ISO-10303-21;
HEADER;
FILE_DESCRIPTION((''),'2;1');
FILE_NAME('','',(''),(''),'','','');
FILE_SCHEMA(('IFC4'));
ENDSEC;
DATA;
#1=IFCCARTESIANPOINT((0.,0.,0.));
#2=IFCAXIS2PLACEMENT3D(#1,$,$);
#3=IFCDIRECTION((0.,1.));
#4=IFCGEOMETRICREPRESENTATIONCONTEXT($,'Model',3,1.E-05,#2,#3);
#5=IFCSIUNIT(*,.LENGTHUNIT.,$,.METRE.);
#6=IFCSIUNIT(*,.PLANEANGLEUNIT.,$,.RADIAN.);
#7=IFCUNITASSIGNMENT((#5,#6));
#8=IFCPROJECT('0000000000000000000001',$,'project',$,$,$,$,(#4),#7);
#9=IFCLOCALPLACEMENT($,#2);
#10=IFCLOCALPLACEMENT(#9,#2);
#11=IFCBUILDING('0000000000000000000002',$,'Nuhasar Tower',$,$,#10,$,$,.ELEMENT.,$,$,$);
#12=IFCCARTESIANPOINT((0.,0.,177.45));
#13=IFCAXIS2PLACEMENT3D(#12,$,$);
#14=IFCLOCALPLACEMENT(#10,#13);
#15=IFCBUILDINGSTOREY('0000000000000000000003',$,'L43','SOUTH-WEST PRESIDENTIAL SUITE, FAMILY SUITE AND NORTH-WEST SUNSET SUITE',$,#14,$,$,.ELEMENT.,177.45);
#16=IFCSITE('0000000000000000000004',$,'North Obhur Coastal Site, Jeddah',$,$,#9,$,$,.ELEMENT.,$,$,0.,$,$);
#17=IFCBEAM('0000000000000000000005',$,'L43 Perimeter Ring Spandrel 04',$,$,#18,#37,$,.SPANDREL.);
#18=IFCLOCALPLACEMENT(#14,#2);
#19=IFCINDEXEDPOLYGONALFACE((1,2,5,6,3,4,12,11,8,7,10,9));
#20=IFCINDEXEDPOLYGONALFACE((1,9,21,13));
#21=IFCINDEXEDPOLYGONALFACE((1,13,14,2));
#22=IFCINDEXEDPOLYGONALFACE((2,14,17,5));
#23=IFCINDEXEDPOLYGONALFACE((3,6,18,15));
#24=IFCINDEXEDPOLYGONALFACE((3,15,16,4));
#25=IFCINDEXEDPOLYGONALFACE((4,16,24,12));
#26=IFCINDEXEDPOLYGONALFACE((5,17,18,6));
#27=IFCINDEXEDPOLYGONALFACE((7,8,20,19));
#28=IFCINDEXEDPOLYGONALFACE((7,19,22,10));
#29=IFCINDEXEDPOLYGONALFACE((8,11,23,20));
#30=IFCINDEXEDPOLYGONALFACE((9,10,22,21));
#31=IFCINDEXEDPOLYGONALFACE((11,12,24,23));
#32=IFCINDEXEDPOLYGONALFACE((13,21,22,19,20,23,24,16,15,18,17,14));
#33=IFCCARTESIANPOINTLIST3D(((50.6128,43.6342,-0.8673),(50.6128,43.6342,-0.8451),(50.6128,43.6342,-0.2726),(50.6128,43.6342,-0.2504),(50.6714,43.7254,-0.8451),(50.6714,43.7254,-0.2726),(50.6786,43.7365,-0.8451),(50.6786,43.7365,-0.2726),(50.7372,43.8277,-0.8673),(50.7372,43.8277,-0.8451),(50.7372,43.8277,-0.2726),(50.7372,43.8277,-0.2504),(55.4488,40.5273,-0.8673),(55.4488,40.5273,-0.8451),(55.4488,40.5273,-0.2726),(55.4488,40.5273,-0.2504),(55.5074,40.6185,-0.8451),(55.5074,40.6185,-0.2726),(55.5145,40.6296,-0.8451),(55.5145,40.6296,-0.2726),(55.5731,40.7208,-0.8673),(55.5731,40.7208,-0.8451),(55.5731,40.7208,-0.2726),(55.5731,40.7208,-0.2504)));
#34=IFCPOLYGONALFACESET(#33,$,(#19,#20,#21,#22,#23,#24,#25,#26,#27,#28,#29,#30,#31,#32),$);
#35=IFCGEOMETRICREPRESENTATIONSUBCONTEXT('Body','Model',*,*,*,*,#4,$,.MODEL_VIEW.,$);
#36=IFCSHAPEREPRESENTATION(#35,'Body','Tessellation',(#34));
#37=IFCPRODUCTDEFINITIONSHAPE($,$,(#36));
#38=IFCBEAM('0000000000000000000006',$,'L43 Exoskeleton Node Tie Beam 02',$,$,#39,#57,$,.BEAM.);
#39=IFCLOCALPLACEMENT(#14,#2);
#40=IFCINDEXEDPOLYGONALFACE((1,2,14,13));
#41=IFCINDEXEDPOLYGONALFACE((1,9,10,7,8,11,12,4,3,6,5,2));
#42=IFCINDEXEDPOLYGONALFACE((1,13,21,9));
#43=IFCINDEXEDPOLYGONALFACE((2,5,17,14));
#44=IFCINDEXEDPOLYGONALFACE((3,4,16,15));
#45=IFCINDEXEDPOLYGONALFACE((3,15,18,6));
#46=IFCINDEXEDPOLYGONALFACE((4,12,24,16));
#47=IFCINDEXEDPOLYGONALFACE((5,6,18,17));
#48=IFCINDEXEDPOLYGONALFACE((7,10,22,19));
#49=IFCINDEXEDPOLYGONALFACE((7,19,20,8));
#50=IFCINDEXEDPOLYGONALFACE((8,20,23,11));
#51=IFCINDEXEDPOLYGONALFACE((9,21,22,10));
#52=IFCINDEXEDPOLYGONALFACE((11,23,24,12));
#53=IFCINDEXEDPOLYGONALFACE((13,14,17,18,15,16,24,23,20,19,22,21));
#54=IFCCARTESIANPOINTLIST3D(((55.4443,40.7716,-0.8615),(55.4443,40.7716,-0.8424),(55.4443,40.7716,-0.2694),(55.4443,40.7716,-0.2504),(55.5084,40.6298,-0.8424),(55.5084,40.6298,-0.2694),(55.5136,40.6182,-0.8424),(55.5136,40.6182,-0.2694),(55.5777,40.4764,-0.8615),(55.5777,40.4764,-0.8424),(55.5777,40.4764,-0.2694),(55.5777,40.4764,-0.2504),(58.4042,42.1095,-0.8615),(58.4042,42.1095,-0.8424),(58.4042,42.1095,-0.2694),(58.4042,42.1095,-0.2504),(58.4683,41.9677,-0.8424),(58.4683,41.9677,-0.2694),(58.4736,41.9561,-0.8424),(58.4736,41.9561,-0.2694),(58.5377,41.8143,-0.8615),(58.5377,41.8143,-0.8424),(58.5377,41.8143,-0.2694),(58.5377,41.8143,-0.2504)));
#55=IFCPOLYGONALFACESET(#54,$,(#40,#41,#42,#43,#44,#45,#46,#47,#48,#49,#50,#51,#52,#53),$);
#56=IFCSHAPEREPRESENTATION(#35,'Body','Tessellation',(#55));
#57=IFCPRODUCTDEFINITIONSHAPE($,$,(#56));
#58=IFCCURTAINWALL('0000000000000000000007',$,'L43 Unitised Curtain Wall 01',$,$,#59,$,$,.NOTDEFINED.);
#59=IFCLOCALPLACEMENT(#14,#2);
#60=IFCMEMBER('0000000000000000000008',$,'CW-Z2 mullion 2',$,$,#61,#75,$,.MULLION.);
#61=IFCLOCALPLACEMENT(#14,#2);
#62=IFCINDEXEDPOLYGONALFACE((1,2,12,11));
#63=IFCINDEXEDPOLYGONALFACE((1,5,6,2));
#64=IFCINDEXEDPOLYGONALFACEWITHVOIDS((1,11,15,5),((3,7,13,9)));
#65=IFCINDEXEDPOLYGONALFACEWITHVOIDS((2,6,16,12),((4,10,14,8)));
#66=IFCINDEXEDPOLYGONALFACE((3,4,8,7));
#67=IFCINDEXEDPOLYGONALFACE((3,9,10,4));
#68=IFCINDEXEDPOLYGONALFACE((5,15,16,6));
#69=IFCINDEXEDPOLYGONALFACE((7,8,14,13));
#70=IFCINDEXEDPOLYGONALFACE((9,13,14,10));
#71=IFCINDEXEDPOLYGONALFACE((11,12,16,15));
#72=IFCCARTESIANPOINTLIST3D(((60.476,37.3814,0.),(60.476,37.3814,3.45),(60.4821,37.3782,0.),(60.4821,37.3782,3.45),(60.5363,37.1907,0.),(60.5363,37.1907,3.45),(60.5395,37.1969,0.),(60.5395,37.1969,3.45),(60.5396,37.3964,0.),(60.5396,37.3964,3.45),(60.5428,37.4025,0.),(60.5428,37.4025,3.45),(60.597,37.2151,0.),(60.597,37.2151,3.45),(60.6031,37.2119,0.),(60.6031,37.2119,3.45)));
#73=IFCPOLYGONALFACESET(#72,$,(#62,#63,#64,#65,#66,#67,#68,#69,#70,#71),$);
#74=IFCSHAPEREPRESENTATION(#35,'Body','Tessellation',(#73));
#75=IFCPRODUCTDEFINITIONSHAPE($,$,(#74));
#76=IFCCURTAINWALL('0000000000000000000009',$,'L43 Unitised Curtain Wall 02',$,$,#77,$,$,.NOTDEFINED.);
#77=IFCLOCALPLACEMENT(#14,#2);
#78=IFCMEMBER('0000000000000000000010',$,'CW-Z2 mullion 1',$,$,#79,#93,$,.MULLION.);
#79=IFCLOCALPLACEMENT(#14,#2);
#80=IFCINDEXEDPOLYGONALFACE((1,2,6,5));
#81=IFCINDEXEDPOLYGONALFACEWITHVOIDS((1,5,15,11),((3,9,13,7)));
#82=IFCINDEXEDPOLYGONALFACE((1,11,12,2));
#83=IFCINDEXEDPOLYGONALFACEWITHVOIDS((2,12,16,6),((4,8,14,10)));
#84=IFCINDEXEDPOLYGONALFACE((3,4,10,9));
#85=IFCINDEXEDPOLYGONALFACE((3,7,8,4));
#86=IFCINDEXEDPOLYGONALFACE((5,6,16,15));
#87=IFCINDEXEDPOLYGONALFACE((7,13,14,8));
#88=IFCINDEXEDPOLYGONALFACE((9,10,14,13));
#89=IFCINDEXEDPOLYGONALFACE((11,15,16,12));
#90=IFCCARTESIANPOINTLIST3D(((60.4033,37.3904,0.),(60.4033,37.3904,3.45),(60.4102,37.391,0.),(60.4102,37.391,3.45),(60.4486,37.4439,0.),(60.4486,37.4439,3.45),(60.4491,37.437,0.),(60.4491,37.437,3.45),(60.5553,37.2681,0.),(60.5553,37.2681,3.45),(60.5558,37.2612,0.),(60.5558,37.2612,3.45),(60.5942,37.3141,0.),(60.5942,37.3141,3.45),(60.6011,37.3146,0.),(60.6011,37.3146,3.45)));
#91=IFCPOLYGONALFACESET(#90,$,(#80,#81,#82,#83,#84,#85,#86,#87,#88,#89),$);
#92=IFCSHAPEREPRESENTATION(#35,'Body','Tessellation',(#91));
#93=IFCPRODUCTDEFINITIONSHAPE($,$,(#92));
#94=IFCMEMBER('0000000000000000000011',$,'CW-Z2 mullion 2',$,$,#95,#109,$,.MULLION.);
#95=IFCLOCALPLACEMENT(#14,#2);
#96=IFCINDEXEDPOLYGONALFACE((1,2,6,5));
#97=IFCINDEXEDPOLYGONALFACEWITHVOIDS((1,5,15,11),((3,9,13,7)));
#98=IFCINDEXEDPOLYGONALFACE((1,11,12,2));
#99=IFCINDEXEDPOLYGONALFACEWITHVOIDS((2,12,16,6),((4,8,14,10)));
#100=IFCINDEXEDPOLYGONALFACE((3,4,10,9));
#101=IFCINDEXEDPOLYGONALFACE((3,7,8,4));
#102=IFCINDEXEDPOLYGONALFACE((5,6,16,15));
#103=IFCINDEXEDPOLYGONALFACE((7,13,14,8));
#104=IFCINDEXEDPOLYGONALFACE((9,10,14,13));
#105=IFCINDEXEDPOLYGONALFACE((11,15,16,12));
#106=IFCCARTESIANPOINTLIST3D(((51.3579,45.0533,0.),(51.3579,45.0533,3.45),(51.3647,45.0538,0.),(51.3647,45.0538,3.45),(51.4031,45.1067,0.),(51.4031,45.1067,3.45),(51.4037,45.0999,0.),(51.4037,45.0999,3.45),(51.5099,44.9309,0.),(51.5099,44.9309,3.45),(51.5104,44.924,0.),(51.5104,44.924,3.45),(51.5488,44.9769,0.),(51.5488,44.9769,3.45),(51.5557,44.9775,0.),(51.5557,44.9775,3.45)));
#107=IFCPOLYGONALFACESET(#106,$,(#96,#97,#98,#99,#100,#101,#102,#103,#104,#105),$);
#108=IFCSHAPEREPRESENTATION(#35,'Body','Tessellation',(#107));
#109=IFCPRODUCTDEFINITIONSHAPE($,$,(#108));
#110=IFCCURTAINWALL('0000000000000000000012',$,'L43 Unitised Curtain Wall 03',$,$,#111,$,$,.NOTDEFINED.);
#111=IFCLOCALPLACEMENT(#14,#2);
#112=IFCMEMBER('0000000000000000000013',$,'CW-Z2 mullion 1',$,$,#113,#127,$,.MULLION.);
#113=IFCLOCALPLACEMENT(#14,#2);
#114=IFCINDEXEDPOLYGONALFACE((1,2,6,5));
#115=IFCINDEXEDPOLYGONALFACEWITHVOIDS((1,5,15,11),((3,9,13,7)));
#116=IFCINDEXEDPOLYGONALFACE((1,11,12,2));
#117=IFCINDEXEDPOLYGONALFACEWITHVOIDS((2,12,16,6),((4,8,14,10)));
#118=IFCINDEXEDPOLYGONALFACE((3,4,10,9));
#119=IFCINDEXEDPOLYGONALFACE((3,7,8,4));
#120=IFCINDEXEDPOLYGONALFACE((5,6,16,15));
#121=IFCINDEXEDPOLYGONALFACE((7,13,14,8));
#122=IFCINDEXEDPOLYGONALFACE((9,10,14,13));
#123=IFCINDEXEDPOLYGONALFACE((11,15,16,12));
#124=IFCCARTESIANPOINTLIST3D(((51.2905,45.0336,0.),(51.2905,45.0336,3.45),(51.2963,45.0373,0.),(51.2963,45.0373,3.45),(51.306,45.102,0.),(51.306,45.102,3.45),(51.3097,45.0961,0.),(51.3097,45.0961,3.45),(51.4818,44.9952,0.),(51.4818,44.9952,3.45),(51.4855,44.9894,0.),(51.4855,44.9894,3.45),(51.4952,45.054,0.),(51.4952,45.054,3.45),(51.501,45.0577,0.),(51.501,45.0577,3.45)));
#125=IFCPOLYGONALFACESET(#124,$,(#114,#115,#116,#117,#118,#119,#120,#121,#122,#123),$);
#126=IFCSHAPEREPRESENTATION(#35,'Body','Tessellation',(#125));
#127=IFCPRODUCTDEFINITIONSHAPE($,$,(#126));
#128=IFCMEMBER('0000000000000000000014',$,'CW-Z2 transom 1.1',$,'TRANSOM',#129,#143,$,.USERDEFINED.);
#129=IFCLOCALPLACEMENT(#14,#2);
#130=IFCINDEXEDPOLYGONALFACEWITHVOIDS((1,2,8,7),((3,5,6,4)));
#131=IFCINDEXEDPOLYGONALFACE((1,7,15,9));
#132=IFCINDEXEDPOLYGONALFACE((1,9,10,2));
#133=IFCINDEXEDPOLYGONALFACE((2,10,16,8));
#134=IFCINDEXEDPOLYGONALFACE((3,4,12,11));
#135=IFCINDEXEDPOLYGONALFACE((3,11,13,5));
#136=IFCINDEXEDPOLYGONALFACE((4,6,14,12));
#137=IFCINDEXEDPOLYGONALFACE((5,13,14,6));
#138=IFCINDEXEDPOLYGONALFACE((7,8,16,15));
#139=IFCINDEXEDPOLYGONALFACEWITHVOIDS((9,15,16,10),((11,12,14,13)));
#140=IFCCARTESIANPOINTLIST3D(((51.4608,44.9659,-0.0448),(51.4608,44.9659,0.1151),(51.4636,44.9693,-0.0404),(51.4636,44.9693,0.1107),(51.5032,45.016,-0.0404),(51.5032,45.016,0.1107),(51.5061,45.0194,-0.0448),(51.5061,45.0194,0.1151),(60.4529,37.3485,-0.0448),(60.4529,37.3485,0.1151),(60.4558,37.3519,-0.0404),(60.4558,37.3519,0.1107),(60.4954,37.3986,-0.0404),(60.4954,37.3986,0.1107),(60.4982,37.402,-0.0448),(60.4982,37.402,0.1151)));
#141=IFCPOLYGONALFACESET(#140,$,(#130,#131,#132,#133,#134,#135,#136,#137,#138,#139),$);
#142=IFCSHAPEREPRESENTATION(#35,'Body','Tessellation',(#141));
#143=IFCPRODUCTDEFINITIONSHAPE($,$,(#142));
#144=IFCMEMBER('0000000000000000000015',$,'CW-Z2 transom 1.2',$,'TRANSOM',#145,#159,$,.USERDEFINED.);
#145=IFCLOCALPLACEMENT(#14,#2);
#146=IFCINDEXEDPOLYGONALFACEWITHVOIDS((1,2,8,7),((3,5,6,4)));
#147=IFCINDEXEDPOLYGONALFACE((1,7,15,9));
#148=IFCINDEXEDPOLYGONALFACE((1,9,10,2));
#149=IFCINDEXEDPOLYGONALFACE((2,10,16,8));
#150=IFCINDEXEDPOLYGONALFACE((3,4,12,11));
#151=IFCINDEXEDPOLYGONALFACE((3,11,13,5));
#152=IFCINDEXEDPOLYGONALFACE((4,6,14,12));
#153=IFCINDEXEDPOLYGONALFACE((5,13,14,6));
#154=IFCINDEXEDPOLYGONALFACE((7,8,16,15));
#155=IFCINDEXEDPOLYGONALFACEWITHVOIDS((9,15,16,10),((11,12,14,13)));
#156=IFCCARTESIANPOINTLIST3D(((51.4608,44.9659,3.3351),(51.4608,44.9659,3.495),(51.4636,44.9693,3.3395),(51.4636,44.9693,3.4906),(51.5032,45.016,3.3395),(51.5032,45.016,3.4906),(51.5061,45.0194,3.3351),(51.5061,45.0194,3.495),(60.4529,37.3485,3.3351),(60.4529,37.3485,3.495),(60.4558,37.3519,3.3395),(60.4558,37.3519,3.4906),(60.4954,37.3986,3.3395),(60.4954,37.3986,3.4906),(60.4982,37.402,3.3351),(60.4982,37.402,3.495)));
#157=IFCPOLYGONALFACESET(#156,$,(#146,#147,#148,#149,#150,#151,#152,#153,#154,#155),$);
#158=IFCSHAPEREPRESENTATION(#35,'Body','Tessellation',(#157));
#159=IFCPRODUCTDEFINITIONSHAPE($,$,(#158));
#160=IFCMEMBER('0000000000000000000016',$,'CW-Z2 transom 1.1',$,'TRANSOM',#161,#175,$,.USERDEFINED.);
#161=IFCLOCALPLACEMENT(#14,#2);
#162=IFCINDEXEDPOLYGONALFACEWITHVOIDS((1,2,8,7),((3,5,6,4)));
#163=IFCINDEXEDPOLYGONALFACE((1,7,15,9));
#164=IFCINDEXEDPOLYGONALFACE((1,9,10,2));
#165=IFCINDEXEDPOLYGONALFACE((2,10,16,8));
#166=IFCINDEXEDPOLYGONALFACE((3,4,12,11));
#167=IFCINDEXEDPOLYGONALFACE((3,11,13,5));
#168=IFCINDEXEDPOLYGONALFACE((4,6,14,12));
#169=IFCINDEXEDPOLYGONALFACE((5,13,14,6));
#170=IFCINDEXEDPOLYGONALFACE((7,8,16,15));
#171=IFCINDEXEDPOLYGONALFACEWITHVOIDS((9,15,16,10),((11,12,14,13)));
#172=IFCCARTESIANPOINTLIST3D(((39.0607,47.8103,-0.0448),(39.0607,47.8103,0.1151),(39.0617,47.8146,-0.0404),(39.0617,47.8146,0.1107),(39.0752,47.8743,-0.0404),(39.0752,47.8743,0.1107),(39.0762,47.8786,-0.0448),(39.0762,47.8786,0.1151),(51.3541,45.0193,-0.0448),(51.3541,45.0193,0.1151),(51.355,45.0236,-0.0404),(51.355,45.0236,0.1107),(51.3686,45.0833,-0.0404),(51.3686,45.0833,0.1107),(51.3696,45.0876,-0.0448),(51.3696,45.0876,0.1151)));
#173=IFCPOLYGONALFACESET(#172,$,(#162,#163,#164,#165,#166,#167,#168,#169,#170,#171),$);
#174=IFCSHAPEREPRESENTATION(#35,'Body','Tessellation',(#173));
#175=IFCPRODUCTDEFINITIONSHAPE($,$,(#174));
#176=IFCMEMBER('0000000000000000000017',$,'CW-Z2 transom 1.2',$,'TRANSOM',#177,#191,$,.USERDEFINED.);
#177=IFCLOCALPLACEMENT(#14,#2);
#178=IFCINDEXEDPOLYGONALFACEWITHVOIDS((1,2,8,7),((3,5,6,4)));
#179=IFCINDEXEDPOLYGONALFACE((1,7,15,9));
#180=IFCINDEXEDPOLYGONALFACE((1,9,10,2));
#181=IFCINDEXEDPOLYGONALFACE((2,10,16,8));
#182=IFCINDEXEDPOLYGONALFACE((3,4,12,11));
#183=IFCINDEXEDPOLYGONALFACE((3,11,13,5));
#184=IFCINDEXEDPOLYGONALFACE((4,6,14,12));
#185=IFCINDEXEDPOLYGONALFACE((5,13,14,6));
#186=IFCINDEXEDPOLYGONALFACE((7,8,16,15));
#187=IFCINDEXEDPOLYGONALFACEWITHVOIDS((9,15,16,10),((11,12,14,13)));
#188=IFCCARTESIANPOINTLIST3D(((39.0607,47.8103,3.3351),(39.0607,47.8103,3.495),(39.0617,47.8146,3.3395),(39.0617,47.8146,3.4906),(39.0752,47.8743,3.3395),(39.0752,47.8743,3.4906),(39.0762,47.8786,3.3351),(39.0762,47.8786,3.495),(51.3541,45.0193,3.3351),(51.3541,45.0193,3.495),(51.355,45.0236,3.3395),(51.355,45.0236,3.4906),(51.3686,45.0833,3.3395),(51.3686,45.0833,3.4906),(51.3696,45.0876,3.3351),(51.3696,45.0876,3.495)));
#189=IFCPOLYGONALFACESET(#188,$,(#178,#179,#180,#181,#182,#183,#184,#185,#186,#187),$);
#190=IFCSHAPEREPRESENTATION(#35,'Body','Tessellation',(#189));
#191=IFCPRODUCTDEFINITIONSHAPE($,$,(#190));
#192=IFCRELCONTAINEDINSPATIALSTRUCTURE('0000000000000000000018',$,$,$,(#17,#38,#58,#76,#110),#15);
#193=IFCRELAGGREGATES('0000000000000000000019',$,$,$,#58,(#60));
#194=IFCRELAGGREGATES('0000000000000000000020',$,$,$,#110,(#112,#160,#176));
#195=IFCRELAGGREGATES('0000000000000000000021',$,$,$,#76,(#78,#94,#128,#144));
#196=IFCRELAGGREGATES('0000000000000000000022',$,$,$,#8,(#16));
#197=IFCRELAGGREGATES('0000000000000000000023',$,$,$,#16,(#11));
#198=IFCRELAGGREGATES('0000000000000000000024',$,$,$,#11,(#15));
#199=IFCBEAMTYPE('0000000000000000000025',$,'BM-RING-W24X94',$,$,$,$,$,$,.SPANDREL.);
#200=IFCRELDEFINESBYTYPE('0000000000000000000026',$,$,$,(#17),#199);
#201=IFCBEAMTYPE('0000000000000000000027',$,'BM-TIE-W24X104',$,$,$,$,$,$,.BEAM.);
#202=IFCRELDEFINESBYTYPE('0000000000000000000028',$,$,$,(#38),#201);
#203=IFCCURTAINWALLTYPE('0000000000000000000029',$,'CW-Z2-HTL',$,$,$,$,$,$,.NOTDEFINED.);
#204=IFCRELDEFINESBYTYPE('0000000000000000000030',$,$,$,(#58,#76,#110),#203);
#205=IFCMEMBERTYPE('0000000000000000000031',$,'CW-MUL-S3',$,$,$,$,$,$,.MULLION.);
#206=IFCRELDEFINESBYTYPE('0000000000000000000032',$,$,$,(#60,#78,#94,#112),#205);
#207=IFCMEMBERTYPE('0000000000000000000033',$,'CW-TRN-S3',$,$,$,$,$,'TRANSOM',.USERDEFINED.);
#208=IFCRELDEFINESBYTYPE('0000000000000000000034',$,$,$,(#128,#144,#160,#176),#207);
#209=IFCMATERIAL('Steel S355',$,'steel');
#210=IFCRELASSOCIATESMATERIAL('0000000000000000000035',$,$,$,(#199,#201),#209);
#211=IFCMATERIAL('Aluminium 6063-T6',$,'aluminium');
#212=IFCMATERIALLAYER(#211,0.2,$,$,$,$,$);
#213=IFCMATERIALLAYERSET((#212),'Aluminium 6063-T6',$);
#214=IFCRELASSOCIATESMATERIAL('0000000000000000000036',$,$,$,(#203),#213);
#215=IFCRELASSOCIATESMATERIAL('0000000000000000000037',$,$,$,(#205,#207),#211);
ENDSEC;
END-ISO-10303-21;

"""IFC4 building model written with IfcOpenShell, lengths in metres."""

from ifc_helpers import new_model, si_unit, direction, frame, origin, origin_2d, place, context, subcontext, project, spatial, hollow_rectangle, i_section, extrude, material, layer, layer_set, material_profile, profile_set, type_object, element, aggregate, save


model = new_model("IFC4")

# Units and contexts
model_context = context("Model", 3, precision=1e-05, world=origin(), true_north=direction((0.0, 1.0)))
body_context = subcontext(model_context, "Body", "Model", "MODEL_VIEW")
ifc_project = project(units=[si_unit("LENGTHUNIT", "METRE"), si_unit("PLANEANGLEUNIT", "RADIAN")], contexts=[model_context])

# Site, building, storey
site_placement = place(None, origin())
site = spatial("IfcSite", under=ifc_project, at=site_placement, Name="North Obhur Coastal Site, Jeddah", CompositionType="ELEMENT", RefElevation=0.0)
building_placement = place(site_placement, origin())
building = spatial("IfcBuilding", under=site, at=building_placement, Name="Nuhasar Tower", CompositionType="ELEMENT")
storey_placement = place(building_placement, frame((0.0, 0.0, 177.45)))
storey = spatial("IfcBuildingStorey", under=building, at=storey_placement, Name="L43", Description="SOUTH-WEST PRESIDENTIAL SUITE, FAMILY SUITE AND NORTH-WEST SUNSET SUITE", CompositionType="ELEMENT", Elevation=177.45)

# Beams
ifc_material_1 = material(Name="Steel S355", Category="steel")
ifc_material_profile_1 = material_profile(ifc_material_1, i_section(OverallWidth=0.23, OverallDepth=0.6169, WebThickness=0.0132, FlangeThickness=0.0222, at=origin_2d()), Name="W24X94")
ifc_profile_set_1 = profile_set([ifc_material_profile_1], Name="Steel S355")
beam_type_1 = type_object("IfcBeamType", Name="BM-RING-W24X94", PredefinedType="SPANDREL", material=ifc_profile_set_1)
beam_1_placement = place(storey_placement, frame((55.511, 40.624, -0.5588), z_axis=(-0.841327, 0.540526, 0.0), x_axis=(-0.540526, -0.841327, 0.0)))
element("IfcBeam", 1, at=beam_1_placement, inside=storey, type_object=beam_type_1, Name="L43 Perimeter Ring Spandrel 04", PredefinedType="SPANDREL", context=body_context, shape_type="SweptSolid", body=[
    extrude(i_section(OverallWidth=0.23, OverallDepth=0.6169, WebThickness=0.0132, FlangeThickness=0.0222, at=origin_2d()), origin(), (0.0, 0.0, 1.0), 5.748),
])
ifc_material_profile_2 = material_profile(ifc_material_1, i_section(OverallWidth=0.324, OverallDepth=0.6111, WebThickness=0.0127, FlangeThickness=0.019, at=origin_2d()), Name="W24X104")
ifc_profile_set_2 = profile_set([ifc_material_profile_2], Name="Steel S355")
beam_type_2 = type_object("IfcBeamType", Name="BM-TIE-W24X104", PredefinedType="BEAM", material=ifc_profile_set_2)
beam_2_placement = place(storey_placement, frame((55.511, 40.624, -0.5559), z_axis=(0.91124, 0.411877, 0.0), x_axis=(-0.411877, 0.91124, 0.0)))
element("IfcBeam", 2, at=beam_2_placement, inside=storey, type_object=beam_type_2, Name="L43 Exoskeleton Node Tie Beam 02", PredefinedType="BEAM", context=body_context, shape_type="SweptSolid", body=[
    extrude(i_section(OverallWidth=0.324, OverallDepth=0.6111, WebThickness=0.0127, FlangeThickness=0.019, at=origin_2d()), origin(), (0.0, 0.0, 1.0), 3.2483),
])

# Curtain wall, member
ifc_material_2 = material(Name="Aluminium 6063-T6", Category="aluminium")
ifc_layer_1 = layer(ifc_material_2, 0.2)
ifc_layer_set_1 = layer_set([ifc_layer_1], Name="Aluminium 6063-T6")
curtain_wall_type = type_object("IfcCurtainWallType", Name="CW-Z2-HTL", PredefinedType="NOTDEFINED", material=ifc_layer_set_1)
curtain_wall_1_placement = place(storey_placement, origin())
curtain_wall_1 = element("IfcCurtainWall", 3, at=curtain_wall_1_placement, inside=storey, type_object=curtain_wall_type, Name="L43 Unitised Curtain Wall 01", PredefinedType="NOTDEFINED")
ifc_material_profile_3 = material_profile(ifc_material_2, hollow_rectangle(XDim=0.0701, YDim=0.2, WallThickness=0.0049, at=origin_2d()), Name="CWM-3")
ifc_profile_set_3 = profile_set([ifc_material_profile_3], Name="Aluminium 6063-T6")
member_type_1 = type_object("IfcMemberType", Name="CW-MUL-S3", PredefinedType="MULLION", material=ifc_profile_set_3)
member_1_placement = place(storey_placement, frame((60.5396, 37.2966, 0.0), z_axis=(0.0, 0.0, 1.0), x_axis=(-0.953433, -0.301604, 0.0)))
member_1 = element("IfcMember", 4, at=member_1_placement, type_object=member_type_1, Name="CW-Z2 mullion 2", PredefinedType="MULLION", context=body_context, shape_type="SweptSolid", body=[
    extrude(hollow_rectangle(XDim=0.0701, YDim=0.2, WallThickness=0.0049, at=origin_2d()), origin(), (0.0, 0.0, 1.0), 3.45),
])
aggregate(curtain_wall_1, [member_1])

# Curtain wall, members
curtain_wall_2_placement = place(storey_placement, origin())
curtain_wall_2 = element("IfcCurtainWall", 5, at=curtain_wall_2_placement, inside=storey, type_object=curtain_wall_type, Name="L43 Unitised Curtain Wall 02", PredefinedType="NOTDEFINED")
member_2_placement = place(storey_placement, frame((60.5022, 37.3525, 0.0), z_axis=(0.0, 0.0, 1.0), x_axis=(-0.646374, -0.76302, 0.0)))
member_2 = element("IfcMember", 6, at=member_2_placement, type_object=member_type_1, Name="CW-Z2 mullion 1", PredefinedType="MULLION", context=body_context, shape_type="SweptSolid", body=[
    extrude(hollow_rectangle(XDim=0.0701, YDim=0.2, WallThickness=0.0049, at=origin_2d()), origin(), (0.0, 0.0, 1.0), 3.45),
])
member_3_placement = place(storey_placement, frame((51.4568, 45.0154, 0.0), z_axis=(0.0, 0.0, 1.0), x_axis=(-0.646374, -0.76302, 0.0)))
member_3 = element("IfcMember", 7, at=member_3_placement, type_object=member_type_1, Name="CW-Z2 mullion 2", PredefinedType="MULLION", context=body_context, shape_type="SweptSolid", body=[
    extrude(hollow_rectangle(XDim=0.0701, YDim=0.2, WallThickness=0.0049, at=origin_2d()), origin(), (0.0, 0.0, 1.0), 3.45),
])

# Curtain wall, member
curtain_wall_3_placement = place(storey_placement, origin())
curtain_wall_3 = element("IfcCurtainWall", 8, at=curtain_wall_3_placement, inside=storey, type_object=curtain_wall_type, Name="L43 Unitised Curtain Wall 03", PredefinedType="NOTDEFINED")
member_4_placement = place(storey_placement, frame((51.3958, 45.0457, 0.0), z_axis=(0.0, 0.0, 1.0), x_axis=(-0.221397, -0.975184, 0.0)))
member_4 = element("IfcMember", 9, at=member_4_placement, type_object=member_type_1, Name="CW-Z2 mullion 1", PredefinedType="MULLION", context=body_context, shape_type="SweptSolid", body=[
    extrude(hollow_rectangle(XDim=0.0701, YDim=0.2, WallThickness=0.0049, at=origin_2d()), origin(), (0.0, 0.0, 1.0), 3.45),
])

# Members
ifc_material_profile_4 = material_profile(ifc_material_2, hollow_rectangle(XDim=0.0701, YDim=0.1599, WallThickness=0.0044, at=origin_2d()), Name="CWT-3")
ifc_profile_set_4 = profile_set([ifc_material_profile_4], Name="Aluminium 6063-T6")
member_type_2 = type_object("IfcMemberType", Name="CW-TRN-S3", ElementType="TRANSOM", PredefinedType="USERDEFINED", material=ifc_profile_set_4)
member_5_placement = place(storey_placement, frame((60.4756, 37.3752, 0.0352), z_axis=(-0.763024, 0.64637, 0.0), x_axis=(-0.64637, -0.763024, 0.0)))
member_5 = element("IfcMember", 10, at=member_5_placement, type_object=member_type_2, Name="CW-Z2 transom 1.1", ObjectType="TRANSOM", PredefinedType="USERDEFINED", context=body_context, shape_type="SweptSolid", body=[
    extrude(hollow_rectangle(XDim=0.0701, YDim=0.1599, WallThickness=0.0044, at=origin_2d()), origin(), (0.0, 0.0, 1.0), 11.7849),
])
member_6_placement = place(storey_placement, frame((60.4756, 37.3752, 3.415), z_axis=(-0.763024, 0.64637, 0.0), x_axis=(-0.64637, -0.763024, 0.0)))
member_6 = element("IfcMember", 11, at=member_6_placement, type_object=member_type_2, Name="CW-Z2 transom 1.2", ObjectType="TRANSOM", PredefinedType="USERDEFINED", context=body_context, shape_type="SweptSolid", body=[
    extrude(hollow_rectangle(XDim=0.0701, YDim=0.1599, WallThickness=0.0044, at=origin_2d()), origin(), (0.0, 0.0, 1.0), 11.7849),
])
member_7_placement = place(storey_placement, frame((51.3618, 45.0535, 0.0352), z_axis=(-0.975183, 0.221398, 0.0), x_axis=(-0.221398, -0.975183, 0.0)))
member_7 = element("IfcMember", 12, at=member_7_placement, type_object=member_type_2, Name="CW-Z2 transom 1.1", ObjectType="TRANSOM", PredefinedType="USERDEFINED", context=body_context, shape_type="SweptSolid", body=[
    extrude(hollow_rectangle(XDim=0.0701, YDim=0.1599, WallThickness=0.0044, at=origin_2d()), origin(), (0.0, 0.0, 1.0), 12.6062),
])
member_8_placement = place(storey_placement, frame((51.3618, 45.0535, 3.415), z_axis=(-0.975183, 0.221398, 0.0), x_axis=(-0.221398, -0.975183, 0.0)))
member_8 = element("IfcMember", 13, at=member_8_placement, type_object=member_type_2, Name="CW-Z2 transom 1.2", ObjectType="TRANSOM", PredefinedType="USERDEFINED", context=body_context, shape_type="SweptSolid", body=[
    extrude(hollow_rectangle(XDim=0.0701, YDim=0.1599, WallThickness=0.0044, at=origin_2d()), origin(), (0.0, 0.0, 1.0), 12.6062),
])
aggregate(curtain_wall_3, [member_4, member_7, member_8])

aggregate(curtain_wall_2, [member_2, member_3, member_5, member_6])

save(model, "model.ifc")
